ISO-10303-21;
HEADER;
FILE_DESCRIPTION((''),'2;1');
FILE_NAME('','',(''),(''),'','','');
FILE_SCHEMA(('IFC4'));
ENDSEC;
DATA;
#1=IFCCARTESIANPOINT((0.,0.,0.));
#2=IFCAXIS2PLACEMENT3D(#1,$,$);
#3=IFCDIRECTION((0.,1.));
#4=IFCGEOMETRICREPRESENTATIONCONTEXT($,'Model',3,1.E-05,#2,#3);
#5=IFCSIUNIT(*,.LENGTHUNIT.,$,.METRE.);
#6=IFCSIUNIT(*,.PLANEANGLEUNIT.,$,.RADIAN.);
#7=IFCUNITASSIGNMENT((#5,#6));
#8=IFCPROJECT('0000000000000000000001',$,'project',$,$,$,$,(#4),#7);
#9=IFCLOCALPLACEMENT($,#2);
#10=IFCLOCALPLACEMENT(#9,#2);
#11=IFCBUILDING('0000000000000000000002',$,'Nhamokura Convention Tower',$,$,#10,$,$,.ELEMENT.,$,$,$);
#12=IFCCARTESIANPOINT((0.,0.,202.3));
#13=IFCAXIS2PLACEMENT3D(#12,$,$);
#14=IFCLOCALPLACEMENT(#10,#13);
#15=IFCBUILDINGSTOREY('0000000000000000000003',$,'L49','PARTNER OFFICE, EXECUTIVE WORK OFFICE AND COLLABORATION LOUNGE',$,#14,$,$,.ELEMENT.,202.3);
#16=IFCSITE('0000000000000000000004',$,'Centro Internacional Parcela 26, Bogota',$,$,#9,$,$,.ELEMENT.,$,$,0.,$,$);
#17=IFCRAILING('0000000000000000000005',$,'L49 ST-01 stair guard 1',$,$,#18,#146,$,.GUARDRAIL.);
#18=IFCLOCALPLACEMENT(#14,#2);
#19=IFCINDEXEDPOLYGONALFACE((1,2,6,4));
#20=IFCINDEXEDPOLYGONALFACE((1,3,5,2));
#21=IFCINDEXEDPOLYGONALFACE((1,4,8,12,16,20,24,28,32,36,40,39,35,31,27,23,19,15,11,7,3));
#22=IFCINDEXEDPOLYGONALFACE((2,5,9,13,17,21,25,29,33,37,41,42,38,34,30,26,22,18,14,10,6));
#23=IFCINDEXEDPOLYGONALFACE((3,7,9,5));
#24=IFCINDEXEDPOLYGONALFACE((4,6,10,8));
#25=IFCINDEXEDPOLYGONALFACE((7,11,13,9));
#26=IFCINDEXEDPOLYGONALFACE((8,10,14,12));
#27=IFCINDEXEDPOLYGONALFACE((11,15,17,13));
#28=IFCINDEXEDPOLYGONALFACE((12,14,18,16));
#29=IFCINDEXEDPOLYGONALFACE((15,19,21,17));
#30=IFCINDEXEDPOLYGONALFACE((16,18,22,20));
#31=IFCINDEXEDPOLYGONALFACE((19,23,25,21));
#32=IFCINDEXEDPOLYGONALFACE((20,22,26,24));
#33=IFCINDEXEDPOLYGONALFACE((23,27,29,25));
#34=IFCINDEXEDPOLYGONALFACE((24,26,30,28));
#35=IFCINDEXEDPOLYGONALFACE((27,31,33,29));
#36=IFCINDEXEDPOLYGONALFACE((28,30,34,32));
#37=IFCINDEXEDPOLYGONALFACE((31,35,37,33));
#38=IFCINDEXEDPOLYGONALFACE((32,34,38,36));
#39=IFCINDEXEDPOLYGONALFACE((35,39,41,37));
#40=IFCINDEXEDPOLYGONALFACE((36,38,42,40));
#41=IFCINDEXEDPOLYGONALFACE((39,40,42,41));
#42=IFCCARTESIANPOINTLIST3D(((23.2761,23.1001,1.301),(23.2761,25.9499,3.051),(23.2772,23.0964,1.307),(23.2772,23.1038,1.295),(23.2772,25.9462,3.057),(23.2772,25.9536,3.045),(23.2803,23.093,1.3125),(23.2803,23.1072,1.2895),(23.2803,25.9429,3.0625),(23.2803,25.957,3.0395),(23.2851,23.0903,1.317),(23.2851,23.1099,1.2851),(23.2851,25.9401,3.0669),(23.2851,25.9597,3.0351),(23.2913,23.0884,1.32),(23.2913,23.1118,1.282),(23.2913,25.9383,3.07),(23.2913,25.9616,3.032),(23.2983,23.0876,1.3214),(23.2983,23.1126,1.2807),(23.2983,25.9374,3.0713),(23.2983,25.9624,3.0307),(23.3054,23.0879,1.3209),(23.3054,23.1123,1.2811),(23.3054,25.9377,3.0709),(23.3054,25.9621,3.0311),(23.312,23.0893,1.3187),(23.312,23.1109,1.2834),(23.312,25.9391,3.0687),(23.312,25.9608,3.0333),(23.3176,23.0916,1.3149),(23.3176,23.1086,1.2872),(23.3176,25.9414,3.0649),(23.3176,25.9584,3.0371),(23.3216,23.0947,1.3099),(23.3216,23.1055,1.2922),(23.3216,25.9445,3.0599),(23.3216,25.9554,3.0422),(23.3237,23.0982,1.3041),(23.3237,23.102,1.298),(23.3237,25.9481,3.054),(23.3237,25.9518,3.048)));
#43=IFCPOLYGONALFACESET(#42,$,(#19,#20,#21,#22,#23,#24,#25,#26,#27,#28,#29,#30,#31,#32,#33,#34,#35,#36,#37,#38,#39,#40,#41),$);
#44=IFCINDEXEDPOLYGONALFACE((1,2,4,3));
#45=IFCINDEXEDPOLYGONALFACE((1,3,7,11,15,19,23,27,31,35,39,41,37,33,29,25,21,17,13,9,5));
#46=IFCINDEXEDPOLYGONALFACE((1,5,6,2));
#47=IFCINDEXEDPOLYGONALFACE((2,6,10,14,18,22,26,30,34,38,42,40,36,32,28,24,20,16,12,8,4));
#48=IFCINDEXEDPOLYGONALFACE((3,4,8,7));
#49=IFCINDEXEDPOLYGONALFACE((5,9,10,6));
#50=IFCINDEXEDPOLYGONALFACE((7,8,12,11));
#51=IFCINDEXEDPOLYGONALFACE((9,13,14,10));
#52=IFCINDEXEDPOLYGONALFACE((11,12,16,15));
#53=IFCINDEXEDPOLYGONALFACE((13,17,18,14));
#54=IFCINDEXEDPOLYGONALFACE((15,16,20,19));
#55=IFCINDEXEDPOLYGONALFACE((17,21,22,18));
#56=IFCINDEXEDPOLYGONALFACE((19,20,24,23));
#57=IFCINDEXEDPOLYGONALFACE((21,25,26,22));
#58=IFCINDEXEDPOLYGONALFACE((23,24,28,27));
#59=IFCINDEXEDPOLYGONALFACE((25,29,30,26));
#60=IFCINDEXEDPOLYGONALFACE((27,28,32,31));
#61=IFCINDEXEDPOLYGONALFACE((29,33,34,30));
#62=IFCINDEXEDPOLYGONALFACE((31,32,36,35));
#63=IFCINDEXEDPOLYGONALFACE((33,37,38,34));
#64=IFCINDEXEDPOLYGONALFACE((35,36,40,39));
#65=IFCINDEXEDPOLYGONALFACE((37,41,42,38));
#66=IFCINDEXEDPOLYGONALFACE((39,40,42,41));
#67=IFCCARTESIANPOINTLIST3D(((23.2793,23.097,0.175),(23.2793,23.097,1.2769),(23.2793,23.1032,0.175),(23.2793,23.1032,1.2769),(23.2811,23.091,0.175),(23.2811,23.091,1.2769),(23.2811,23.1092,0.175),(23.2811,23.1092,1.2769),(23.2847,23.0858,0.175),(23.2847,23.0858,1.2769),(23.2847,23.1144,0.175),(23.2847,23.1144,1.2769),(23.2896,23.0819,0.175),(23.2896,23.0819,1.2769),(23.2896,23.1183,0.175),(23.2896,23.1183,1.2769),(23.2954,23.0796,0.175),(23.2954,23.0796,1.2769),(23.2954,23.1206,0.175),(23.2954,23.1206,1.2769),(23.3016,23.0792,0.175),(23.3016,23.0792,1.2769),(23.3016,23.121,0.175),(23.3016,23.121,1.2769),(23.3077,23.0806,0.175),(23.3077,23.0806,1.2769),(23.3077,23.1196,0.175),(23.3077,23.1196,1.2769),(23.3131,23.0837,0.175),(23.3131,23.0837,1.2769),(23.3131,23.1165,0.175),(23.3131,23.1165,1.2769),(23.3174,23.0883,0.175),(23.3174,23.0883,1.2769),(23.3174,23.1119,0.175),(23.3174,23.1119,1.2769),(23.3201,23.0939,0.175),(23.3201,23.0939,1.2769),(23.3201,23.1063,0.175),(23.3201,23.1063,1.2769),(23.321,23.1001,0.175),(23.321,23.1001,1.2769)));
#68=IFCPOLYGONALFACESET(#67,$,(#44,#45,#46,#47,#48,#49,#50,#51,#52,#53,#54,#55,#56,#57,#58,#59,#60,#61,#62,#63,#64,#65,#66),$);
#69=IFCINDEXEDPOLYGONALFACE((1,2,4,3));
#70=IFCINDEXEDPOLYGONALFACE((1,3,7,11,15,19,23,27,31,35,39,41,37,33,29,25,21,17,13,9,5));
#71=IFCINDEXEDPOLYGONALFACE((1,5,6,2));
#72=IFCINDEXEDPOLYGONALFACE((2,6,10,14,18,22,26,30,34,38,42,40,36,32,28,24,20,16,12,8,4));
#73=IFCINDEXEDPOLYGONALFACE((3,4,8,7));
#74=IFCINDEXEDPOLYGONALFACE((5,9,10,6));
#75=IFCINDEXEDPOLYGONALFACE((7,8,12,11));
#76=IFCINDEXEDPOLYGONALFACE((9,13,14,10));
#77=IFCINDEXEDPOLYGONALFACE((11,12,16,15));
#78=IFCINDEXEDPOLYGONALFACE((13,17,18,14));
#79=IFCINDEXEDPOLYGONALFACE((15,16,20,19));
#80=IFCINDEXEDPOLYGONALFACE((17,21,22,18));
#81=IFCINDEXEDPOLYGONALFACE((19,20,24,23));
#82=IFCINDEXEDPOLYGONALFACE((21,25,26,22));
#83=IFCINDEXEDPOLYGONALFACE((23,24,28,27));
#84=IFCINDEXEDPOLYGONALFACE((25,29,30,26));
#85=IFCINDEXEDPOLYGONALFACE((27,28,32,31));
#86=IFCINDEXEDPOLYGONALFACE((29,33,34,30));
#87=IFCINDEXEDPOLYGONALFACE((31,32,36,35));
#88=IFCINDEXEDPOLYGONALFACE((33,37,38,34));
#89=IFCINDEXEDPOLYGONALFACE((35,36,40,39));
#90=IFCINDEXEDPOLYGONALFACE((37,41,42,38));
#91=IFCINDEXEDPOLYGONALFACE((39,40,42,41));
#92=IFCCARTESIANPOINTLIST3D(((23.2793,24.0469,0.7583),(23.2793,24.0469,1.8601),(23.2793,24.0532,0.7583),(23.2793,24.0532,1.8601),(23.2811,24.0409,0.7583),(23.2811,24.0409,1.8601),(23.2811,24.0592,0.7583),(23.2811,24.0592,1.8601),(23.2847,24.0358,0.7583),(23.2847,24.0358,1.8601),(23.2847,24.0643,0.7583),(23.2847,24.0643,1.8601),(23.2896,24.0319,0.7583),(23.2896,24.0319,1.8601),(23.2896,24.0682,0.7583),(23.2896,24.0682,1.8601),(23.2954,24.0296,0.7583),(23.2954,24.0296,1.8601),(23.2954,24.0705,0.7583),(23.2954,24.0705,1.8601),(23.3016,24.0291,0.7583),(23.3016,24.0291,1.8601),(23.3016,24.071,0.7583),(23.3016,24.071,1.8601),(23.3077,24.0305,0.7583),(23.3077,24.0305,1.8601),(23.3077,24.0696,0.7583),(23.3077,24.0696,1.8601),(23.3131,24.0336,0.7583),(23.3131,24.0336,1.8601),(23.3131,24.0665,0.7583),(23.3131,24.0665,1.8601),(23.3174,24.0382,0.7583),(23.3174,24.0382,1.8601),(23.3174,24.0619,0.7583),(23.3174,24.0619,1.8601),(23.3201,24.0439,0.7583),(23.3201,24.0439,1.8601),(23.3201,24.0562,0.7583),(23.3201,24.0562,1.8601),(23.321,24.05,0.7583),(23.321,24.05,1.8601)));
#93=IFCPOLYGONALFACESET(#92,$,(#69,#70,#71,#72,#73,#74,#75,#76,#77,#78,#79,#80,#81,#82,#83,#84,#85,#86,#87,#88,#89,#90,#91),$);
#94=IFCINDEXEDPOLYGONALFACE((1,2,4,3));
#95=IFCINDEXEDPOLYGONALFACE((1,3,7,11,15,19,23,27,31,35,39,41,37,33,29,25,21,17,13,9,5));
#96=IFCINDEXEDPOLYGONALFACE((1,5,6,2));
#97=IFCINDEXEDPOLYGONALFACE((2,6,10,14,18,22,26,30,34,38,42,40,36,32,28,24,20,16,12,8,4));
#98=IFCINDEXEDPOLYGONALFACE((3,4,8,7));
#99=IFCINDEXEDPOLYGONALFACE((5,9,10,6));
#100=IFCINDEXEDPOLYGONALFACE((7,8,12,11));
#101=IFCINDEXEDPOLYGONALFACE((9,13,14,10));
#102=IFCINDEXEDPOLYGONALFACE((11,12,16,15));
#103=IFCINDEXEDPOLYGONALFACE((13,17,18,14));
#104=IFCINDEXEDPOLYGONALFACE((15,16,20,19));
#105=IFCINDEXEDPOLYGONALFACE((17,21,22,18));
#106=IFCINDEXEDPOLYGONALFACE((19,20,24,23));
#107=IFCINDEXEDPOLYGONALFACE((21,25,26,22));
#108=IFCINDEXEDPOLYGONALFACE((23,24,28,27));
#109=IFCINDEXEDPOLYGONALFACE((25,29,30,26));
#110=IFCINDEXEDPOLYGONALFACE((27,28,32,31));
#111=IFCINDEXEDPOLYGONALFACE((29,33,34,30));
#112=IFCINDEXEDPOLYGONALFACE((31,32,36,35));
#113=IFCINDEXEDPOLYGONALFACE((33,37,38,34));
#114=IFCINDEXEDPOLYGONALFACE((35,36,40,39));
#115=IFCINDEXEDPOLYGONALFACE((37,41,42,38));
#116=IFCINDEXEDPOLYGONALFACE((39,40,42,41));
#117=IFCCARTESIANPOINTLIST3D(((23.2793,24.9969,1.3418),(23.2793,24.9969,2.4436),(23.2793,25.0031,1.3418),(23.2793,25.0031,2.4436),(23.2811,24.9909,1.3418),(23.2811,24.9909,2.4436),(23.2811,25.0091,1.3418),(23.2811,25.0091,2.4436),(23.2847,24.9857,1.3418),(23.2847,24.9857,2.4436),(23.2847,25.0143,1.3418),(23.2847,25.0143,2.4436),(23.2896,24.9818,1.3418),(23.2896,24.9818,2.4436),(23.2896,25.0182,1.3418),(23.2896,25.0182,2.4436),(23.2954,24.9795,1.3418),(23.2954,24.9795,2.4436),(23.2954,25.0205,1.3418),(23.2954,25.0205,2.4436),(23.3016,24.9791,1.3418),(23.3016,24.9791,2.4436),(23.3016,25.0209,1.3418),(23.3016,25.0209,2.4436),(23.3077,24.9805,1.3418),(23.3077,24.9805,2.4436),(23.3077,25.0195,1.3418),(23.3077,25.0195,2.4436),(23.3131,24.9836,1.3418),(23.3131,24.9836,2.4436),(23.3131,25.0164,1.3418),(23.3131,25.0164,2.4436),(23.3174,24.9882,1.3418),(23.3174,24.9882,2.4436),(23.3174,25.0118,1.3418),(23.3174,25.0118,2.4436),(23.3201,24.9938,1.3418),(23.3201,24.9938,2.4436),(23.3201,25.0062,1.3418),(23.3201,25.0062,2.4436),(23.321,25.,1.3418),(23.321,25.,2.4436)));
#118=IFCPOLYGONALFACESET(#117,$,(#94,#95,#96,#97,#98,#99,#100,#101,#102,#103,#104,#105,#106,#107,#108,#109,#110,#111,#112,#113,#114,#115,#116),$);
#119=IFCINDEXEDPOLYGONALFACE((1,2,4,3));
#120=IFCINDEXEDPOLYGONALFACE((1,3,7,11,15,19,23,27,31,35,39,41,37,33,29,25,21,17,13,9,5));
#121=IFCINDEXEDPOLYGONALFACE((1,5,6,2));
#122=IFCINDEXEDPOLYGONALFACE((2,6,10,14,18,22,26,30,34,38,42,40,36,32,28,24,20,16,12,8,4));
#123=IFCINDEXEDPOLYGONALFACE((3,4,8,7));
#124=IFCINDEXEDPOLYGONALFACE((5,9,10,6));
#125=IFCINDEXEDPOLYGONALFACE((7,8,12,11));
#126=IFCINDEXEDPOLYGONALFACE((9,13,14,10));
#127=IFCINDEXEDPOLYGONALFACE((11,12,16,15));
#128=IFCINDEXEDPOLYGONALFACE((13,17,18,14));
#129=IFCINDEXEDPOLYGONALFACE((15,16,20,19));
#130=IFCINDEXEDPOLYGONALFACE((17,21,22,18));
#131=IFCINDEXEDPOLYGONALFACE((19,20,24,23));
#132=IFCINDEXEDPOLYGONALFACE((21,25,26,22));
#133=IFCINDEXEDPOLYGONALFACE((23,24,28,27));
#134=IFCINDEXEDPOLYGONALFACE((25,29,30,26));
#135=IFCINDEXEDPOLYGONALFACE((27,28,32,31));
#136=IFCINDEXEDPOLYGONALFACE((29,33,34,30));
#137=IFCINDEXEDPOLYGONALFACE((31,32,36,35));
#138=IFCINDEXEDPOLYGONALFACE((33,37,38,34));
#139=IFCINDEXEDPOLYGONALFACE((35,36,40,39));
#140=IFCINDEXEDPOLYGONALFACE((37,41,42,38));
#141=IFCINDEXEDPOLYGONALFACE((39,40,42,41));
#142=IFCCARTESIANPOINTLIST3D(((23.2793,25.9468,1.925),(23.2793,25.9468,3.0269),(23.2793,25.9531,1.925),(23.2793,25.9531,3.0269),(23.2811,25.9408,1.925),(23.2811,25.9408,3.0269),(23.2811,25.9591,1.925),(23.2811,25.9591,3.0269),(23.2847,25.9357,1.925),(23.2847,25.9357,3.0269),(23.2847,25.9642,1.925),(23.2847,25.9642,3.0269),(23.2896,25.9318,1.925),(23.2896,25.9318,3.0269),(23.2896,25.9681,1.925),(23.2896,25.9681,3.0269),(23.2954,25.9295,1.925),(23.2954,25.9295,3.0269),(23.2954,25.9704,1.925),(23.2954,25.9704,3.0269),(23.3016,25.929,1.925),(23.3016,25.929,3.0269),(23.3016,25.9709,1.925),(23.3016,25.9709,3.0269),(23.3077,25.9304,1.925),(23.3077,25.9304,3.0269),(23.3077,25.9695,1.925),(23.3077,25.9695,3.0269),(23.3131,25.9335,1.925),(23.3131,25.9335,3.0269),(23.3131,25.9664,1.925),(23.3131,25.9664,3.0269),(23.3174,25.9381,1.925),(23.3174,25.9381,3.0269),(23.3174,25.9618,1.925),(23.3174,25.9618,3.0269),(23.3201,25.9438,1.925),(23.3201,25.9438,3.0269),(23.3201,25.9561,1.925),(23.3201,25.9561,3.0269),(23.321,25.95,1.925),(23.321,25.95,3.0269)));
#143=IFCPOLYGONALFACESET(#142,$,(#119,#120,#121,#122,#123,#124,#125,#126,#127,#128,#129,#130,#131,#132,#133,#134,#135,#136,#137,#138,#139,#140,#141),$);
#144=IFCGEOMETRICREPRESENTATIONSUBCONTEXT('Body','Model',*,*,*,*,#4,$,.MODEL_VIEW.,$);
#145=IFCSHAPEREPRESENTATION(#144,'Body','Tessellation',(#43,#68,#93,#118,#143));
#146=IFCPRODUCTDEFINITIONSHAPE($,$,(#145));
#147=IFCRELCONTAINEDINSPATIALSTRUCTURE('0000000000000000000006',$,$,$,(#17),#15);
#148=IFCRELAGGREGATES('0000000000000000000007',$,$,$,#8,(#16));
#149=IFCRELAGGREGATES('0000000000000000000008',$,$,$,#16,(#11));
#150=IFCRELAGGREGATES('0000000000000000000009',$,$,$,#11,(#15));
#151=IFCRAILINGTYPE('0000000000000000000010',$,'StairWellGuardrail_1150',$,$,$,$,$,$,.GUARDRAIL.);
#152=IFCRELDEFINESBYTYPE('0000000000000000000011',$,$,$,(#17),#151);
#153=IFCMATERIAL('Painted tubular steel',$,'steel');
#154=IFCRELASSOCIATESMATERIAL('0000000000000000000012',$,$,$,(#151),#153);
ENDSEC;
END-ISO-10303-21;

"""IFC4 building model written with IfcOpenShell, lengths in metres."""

from ifc_helpers import new_model, si_unit, direction, frame, origin, origin_2d, place, context, subcontext, project, spatial, circle, extrude, material, type_object, element, save


model = new_model("IFC4")

# Units and contexts
model_context = context("Model", 3, precision=1e-05, world=origin(), true_north=direction((0.0, 1.0)))
body_context = subcontext(model_context, "Body", "Model", "MODEL_VIEW")
ifc_project = project(units=[si_unit("LENGTHUNIT", "METRE"), si_unit("PLANEANGLEUNIT", "RADIAN")], contexts=[model_context])

# Site, building, storey
site_placement = place(None, origin())
site = spatial("IfcSite", under=ifc_project, at=site_placement, Name="Centro Internacional Parcela 26, Bogota", CompositionType="ELEMENT", RefElevation=0.0)
building_placement = place(site_placement, origin())
building = spatial("IfcBuilding", under=site, at=building_placement, Name="Nhamokura Convention Tower", CompositionType="ELEMENT")
storey_placement = place(building_placement, frame((0.0, 0.0, 202.3)))
storey = spatial("IfcBuildingStorey", under=building, at=storey_placement, Name="L49", Description="PARTNER OFFICE, EXECUTIVE WORK OFFICE AND COLLABORATION LOUNGE", CompositionType="ELEMENT", Elevation=202.3)

# Railing
ifc_material_1 = material(Name="Painted tubular steel", Category="steel")
railing_type_1 = type_object("IfcRailingType", Name="StairWellGuardrail_1150", PredefinedType="GUARDRAIL", material=ifc_material_1)
railing_1_placement = place(storey_placement, frame((23.3, 23.1001, 0.175)))
element("IfcRailing", 1, at=railing_1_placement, inside=storey, type_object=railing_type_1, Name="L49 ST-01 stair guard 1", PredefinedType="GUARDRAIL", context=body_context, shape_type="SweptSolid", body=[
    extrude(circle(Radius=0.0239, at=origin_2d()), frame((0.0, 0.0, 1.126), z_axis=(0.0, 0.852159, 0.523283), x_axis=(-1.0, 0.0, 0.0)), (0.0, 0.0, 1.0), 3.3442),
    extrude(circle(Radius=0.021, at=origin_2d()), origin(), (0.0, 0.0, 1.0), 1.1018),
    extrude(circle(Radius=0.021, at=origin_2d()), frame((0.0, 0.95, 0.5833)), (0.0, 0.0, 1.0), 1.1018),
    extrude(circle(Radius=0.021, at=origin_2d()), frame((0.0, 1.8999, 1.1667)), (0.0, 0.0, 1.0), 1.1018),
    extrude(circle(Radius=0.021, at=origin_2d()), frame((0.0, 2.8499, 1.75)), (0.0, 0.0, 1.0), 1.1018),
])

save(model, "model.ifc")
